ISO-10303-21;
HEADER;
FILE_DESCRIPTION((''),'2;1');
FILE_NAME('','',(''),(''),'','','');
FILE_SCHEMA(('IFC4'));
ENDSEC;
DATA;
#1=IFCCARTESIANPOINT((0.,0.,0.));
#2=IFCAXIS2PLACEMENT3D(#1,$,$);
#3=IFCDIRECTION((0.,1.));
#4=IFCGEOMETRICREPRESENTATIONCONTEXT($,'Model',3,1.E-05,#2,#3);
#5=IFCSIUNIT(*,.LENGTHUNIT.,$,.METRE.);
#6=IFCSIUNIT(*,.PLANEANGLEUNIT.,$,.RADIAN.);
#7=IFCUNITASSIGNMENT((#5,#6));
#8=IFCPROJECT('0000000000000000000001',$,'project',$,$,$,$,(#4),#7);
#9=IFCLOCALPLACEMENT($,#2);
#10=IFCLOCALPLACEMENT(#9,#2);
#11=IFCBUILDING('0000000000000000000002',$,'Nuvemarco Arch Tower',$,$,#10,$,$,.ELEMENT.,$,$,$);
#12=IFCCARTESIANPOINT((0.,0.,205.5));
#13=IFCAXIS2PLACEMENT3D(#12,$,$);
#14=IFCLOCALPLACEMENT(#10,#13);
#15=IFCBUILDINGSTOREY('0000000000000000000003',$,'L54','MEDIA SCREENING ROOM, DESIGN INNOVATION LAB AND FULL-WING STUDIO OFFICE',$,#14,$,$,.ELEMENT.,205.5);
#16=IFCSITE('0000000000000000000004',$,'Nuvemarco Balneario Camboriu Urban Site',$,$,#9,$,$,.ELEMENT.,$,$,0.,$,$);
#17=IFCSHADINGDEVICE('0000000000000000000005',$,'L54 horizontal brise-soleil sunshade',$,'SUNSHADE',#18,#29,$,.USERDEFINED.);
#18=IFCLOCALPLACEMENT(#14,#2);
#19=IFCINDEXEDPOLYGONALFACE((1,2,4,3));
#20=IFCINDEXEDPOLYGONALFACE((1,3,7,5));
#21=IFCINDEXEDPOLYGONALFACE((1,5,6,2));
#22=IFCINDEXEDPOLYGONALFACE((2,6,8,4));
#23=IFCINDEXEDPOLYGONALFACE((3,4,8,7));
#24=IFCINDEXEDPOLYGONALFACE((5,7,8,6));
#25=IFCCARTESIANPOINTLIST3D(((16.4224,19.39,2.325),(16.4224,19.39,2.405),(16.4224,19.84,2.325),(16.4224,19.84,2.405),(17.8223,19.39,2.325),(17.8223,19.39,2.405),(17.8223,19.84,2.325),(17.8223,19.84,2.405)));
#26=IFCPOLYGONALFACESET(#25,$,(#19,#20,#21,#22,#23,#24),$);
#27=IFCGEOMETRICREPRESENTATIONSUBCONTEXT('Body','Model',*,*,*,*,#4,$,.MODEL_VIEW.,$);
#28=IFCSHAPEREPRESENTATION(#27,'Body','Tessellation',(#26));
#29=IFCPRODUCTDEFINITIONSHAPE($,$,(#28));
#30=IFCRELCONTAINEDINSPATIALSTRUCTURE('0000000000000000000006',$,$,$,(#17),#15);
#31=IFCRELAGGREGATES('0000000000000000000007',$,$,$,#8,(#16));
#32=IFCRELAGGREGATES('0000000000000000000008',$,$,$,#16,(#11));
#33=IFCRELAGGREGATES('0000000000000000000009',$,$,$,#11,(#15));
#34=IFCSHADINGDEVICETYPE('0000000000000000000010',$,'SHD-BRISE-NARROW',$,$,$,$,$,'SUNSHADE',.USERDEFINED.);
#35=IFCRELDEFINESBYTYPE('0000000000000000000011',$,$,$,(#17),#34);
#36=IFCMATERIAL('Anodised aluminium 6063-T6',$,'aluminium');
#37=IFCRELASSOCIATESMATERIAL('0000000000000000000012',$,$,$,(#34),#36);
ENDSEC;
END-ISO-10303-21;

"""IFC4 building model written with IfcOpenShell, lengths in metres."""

from ifc_helpers import new_model, si_unit, direction, frame, origin, origin_2d, place, context, subcontext, project, spatial, rectangle, extrude, source, transform, mapped, material, type_object, type_shapes, element, save


model = new_model("IFC4")

# Units and contexts
model_context = context("Model", 3, precision=1e-05, world=origin(), true_north=direction((0.0, 1.0)))
body_context = subcontext(model_context, "Body", "Model", "MODEL_VIEW")
ifc_project = project(units=[si_unit("LENGTHUNIT", "METRE"), si_unit("PLANEANGLEUNIT", "RADIAN")], contexts=[model_context])

# Site, building, storey
site_placement = place(None, origin())
site = spatial("IfcSite", under=ifc_project, at=site_placement, Name="Nuvemarco Balneario Camboriu Urban Site", CompositionType="ELEMENT", RefElevation=0.0)
building_placement = place(site_placement, origin())
building = spatial("IfcBuilding", under=site, at=building_placement, Name="Nuvemarco Arch Tower", CompositionType="ELEMENT")
storey_placement = place(building_placement, frame((0.0, 0.0, 205.5)))
storey = spatial("IfcBuildingStorey", under=building, at=storey_placement, Name="L54", Description="MEDIA SCREENING ROOM, DESIGN INNOVATION LAB AND FULL-WING STUDIO OFFICE", CompositionType="ELEMENT", Elevation=205.5)

# Shading device
ifc_material_1 = material(Name="Anodised aluminium 6063-T6", Category="aluminium")
shading_device_type_1 = type_object("IfcShadingDeviceType", Name="SHD-BRISE-NARROW", ElementType="SUNSHADE", PredefinedType="USERDEFINED", material=ifc_material_1)
shared_shape_1 = source(origin(), body_context, "Body", "SweptSolid", [
    extrude(rectangle(XDim=1.3999, YDim=0.45, at=origin_2d()), origin(), (0.0, 0.0, 1.0), 0.0801),
])
type_shapes(shading_device_type_1, [shared_shape_1])
shading_device_placement = place(storey_placement, frame((17.1223, 19.615, 2.325), z_axis=(0.0, 0.0, 1.0), x_axis=(1.0, 0.0, 0.0)))
element("IfcShadingDevice", 1, at=shading_device_placement, inside=storey, type_object=shading_device_type_1, Name="L54 horizontal brise-soleil sunshade", ObjectType="SUNSHADE", PredefinedType="USERDEFINED", context=body_context, shape_type="MappedRepresentation", body=[
    mapped(shared_shape_1, transform((0.0, 0.0, 0.0), scale=1.0)),
])

save(model, "model.ifc")
